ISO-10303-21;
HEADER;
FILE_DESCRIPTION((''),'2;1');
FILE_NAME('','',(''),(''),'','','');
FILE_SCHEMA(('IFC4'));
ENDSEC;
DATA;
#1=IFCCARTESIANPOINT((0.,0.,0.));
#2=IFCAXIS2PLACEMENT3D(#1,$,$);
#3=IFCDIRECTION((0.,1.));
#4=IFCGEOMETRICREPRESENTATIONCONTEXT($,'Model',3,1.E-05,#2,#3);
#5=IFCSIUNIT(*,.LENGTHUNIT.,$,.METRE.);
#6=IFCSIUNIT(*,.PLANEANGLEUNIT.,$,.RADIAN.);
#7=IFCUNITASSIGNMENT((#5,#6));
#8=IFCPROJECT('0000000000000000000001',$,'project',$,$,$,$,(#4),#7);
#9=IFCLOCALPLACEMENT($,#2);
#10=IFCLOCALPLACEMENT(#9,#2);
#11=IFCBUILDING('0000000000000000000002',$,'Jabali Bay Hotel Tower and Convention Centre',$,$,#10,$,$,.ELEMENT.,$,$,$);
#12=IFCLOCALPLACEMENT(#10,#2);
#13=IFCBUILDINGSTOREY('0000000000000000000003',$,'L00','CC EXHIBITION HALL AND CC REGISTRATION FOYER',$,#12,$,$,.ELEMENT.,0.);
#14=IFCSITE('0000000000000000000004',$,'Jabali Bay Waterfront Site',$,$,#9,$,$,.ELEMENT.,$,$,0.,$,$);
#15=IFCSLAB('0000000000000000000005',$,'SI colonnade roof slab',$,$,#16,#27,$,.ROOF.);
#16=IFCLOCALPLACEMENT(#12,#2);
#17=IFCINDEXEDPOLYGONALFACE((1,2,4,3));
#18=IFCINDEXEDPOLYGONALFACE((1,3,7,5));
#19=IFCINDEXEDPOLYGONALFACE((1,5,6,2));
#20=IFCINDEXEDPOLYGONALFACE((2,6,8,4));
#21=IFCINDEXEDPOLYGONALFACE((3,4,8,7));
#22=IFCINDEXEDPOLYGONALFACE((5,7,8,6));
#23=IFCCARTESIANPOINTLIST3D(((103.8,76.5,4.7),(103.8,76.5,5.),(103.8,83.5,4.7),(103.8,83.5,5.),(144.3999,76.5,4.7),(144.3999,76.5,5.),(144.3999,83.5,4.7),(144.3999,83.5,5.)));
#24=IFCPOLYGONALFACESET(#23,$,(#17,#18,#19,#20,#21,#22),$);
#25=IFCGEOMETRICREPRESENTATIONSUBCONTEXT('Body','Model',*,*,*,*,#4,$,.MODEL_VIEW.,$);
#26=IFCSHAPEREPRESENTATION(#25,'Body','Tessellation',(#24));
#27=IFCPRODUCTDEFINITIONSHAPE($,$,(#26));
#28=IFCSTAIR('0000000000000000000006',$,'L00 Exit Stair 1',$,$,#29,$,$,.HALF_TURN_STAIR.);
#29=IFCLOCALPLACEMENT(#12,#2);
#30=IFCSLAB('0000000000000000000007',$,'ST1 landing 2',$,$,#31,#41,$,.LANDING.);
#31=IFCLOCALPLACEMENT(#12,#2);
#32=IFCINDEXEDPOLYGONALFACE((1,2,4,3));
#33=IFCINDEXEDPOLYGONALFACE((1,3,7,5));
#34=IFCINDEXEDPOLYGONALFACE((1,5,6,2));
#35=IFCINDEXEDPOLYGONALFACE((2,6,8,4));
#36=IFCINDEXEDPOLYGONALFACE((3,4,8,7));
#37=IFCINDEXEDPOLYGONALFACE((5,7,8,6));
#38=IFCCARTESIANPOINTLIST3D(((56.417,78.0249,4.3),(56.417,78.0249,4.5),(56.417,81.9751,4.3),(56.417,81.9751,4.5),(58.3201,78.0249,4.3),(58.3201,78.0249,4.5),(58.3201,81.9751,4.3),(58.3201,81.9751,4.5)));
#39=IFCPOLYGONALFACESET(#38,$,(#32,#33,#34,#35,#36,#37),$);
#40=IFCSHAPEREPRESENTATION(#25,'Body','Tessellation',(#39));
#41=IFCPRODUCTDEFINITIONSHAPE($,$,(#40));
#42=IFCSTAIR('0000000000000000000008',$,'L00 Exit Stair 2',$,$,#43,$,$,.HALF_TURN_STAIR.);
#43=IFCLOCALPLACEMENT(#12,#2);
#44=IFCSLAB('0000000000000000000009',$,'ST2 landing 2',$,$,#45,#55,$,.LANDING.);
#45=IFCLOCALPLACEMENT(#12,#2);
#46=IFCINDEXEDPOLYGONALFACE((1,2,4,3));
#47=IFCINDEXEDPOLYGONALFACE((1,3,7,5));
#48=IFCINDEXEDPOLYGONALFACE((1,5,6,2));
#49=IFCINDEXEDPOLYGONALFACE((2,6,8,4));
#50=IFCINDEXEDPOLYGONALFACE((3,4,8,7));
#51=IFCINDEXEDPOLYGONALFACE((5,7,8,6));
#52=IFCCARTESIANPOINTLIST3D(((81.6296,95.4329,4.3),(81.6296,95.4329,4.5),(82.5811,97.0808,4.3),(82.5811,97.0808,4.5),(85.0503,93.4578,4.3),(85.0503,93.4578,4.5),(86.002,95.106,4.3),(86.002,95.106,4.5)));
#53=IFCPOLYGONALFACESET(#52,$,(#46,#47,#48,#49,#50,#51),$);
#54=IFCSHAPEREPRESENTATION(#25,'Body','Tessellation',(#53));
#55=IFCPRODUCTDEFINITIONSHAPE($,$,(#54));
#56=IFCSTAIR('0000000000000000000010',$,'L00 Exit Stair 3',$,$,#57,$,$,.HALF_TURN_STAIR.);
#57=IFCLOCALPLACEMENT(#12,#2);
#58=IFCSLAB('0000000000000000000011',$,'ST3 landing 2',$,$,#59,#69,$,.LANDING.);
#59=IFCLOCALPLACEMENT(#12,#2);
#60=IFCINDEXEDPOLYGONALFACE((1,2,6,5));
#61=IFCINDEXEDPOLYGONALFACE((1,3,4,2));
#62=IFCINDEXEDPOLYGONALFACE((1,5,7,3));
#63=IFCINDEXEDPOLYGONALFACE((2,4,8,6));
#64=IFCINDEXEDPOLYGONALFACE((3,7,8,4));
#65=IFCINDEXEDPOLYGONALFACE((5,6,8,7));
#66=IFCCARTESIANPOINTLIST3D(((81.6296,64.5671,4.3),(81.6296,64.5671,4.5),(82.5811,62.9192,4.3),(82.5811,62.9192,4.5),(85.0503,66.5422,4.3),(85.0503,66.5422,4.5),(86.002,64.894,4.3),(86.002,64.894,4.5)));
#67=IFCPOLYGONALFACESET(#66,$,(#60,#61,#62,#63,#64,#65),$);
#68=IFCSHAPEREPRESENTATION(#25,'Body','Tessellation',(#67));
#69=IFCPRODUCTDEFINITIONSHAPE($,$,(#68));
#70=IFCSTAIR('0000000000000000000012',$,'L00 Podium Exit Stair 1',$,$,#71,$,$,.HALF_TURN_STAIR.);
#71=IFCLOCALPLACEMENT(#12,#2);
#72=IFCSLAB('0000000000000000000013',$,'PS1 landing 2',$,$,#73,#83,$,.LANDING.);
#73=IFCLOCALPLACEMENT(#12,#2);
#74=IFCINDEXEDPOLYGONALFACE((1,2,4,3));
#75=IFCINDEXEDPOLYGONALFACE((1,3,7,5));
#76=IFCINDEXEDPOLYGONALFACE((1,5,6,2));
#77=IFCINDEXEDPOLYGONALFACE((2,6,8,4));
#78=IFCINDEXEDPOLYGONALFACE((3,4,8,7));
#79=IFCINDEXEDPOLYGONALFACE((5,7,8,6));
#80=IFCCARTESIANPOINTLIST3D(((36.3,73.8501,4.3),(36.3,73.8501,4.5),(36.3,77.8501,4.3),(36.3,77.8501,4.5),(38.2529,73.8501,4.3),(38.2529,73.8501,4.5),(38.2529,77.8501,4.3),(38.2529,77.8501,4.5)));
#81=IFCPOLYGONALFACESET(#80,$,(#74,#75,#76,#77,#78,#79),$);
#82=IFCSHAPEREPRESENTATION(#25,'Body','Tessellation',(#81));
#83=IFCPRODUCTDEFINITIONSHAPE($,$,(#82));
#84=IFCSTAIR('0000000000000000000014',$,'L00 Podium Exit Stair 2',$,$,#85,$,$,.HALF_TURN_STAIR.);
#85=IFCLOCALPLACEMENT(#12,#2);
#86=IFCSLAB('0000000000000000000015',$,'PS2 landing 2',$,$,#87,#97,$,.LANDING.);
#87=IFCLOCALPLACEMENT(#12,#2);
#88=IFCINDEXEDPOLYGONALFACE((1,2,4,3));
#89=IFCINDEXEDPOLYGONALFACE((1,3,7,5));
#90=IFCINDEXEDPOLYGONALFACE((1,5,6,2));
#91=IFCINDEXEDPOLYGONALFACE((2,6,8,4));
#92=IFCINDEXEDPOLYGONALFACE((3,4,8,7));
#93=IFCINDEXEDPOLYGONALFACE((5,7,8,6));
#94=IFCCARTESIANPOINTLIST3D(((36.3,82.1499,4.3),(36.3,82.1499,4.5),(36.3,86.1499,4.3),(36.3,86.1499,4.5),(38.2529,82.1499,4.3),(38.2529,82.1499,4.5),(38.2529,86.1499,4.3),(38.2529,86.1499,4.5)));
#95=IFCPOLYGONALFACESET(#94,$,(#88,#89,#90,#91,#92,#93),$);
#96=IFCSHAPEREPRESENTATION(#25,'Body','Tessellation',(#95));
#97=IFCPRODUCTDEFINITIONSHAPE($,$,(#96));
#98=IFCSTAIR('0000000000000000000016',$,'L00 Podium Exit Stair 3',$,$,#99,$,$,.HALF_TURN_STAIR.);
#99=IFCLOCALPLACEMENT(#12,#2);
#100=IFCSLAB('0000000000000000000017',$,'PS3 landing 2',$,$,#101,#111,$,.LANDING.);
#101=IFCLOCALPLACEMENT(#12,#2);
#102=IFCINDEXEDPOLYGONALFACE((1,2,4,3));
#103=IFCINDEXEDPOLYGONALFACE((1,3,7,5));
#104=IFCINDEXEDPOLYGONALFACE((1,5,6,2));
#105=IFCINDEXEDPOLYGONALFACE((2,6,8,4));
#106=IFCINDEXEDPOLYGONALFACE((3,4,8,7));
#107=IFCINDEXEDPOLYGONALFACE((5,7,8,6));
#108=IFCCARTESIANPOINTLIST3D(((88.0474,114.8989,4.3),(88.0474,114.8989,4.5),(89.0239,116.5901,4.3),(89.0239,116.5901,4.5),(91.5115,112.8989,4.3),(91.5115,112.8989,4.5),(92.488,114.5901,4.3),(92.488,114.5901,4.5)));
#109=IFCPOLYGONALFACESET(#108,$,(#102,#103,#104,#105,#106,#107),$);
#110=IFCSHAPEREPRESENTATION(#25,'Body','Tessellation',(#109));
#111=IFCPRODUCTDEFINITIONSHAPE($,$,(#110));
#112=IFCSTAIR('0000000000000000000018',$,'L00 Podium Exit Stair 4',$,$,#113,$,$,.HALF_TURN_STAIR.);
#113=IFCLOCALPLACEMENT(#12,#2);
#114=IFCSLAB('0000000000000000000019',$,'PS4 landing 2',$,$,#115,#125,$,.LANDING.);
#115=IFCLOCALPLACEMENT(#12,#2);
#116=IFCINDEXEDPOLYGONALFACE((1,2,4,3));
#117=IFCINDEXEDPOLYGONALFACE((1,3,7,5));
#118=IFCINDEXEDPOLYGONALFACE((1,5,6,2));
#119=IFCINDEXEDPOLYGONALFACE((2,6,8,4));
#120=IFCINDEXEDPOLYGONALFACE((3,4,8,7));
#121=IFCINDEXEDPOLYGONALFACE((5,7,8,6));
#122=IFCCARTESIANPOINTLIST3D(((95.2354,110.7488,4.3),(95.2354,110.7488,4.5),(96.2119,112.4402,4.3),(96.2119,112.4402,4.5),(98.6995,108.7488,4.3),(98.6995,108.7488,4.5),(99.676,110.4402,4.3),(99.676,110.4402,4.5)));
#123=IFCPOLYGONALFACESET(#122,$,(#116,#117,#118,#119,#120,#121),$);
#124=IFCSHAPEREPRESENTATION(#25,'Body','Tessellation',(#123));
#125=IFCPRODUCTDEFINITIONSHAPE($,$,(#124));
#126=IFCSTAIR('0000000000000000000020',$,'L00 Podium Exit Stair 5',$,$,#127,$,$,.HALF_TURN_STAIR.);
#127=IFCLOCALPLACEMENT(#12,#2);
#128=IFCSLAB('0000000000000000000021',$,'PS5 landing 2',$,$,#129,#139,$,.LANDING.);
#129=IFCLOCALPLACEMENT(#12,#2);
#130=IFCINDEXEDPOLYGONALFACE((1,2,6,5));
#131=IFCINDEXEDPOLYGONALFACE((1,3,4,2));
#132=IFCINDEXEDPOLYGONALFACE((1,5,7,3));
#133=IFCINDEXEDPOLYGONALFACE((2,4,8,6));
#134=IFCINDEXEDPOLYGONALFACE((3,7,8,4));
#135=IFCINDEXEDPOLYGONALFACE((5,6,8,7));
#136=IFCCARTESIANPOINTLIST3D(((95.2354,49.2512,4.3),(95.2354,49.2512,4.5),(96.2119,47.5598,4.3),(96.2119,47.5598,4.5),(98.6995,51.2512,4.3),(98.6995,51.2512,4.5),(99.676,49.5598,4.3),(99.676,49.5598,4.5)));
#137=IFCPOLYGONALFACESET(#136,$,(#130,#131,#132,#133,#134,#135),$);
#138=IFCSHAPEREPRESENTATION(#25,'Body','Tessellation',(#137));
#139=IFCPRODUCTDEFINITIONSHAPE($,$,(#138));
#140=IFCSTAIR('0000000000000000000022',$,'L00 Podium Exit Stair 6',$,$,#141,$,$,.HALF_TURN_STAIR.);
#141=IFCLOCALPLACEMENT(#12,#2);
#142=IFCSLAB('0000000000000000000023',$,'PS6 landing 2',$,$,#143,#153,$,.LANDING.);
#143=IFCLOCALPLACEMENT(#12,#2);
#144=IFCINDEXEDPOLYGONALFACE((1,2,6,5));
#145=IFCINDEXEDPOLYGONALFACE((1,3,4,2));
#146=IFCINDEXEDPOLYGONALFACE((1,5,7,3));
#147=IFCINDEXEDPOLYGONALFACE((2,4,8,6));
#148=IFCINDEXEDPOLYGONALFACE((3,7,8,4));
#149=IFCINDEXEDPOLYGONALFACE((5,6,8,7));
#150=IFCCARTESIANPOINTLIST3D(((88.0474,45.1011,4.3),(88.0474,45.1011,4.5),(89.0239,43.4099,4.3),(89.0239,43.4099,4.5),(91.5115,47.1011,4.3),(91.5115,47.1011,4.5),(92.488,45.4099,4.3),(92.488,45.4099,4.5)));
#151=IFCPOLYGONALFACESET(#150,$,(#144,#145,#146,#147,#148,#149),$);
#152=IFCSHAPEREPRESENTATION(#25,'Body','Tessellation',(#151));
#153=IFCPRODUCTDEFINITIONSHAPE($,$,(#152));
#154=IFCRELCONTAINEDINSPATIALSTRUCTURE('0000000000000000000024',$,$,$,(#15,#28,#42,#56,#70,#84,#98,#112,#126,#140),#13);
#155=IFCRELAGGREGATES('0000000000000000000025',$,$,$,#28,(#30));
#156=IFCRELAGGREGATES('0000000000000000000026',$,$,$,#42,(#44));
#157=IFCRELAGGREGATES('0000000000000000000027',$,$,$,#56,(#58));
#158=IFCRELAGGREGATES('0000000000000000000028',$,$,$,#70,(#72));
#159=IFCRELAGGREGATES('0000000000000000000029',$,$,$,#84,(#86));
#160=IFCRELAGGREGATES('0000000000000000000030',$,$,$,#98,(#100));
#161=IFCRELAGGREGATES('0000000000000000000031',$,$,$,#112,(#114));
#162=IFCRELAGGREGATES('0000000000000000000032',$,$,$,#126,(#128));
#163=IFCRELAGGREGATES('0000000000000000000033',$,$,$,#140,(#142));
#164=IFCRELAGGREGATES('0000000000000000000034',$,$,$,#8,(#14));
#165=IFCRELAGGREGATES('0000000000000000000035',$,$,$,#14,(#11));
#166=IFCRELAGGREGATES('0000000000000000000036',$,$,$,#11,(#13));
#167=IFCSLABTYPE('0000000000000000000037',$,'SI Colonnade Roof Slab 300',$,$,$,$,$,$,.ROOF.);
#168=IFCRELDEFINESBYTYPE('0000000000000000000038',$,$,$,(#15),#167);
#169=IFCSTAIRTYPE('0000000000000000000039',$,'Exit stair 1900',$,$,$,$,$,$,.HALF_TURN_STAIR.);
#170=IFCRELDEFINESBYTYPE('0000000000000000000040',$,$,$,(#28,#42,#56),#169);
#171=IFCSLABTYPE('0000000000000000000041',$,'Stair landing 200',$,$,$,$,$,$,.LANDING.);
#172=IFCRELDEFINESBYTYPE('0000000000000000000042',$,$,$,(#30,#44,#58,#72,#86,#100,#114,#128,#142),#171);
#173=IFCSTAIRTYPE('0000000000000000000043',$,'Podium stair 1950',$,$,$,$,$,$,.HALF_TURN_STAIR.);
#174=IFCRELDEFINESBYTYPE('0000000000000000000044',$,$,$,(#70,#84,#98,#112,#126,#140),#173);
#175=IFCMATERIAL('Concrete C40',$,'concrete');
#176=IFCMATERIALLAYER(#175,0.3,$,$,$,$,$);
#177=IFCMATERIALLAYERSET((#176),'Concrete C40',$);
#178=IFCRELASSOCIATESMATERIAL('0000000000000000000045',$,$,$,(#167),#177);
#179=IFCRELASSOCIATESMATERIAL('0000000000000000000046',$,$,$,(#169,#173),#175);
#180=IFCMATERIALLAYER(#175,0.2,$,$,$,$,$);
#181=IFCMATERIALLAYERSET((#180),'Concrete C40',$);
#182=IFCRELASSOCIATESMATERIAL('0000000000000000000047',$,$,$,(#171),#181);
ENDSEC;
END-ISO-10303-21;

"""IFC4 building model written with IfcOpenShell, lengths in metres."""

from ifc_helpers import new_model, si_unit, direction, frame, origin, place, context, subcontext, project, spatial, polyline, outline, extrude, material, layer, layer_set, type_object, element, aggregate, save


model = new_model("IFC4")

# Units and contexts
model_context = context("Model", 3, precision=1e-05, world=origin(), true_north=direction((0.0, 1.0)))
body_context = subcontext(model_context, "Body", "Model", "MODEL_VIEW")
ifc_project = project(units=[si_unit("LENGTHUNIT", "METRE"), si_unit("PLANEANGLEUNIT", "RADIAN")], contexts=[model_context])

# Site, building, storey
site_placement = place(None, origin())
site = spatial("IfcSite", under=ifc_project, at=site_placement, Name="Jabali Bay Waterfront Site", CompositionType="ELEMENT", RefElevation=0.0)
building_placement = place(site_placement, origin())
building = spatial("IfcBuilding", under=site, at=building_placement, Name="Jabali Bay Hotel Tower and Convention Centre", CompositionType="ELEMENT")
storey_placement = place(building_placement, origin())
storey = spatial("IfcBuildingStorey", under=building, at=storey_placement, Name="L00", Description="CC EXHIBITION HALL AND CC REGISTRATION FOYER", CompositionType="ELEMENT", Elevation=0.0)

# Shared definitions
ifc_material = material(Name="Concrete C40", Category="concrete")

# Slab
ifc_layer_1 = layer(ifc_material, 0.3)
ifc_layer_set_1 = layer_set([ifc_layer_1], Name="Concrete C40")
slab_type_1 = type_object("IfcSlabType", Name="SI Colonnade Roof Slab 300", PredefinedType="ROOF", material=ifc_layer_set_1)
slab_1_placement = place(storey_placement, frame((0.0, 0.0, 4.7)))
element("IfcSlab", 1, at=slab_1_placement, inside=storey, type_object=slab_type_1, Name="SI colonnade roof slab", PredefinedType="ROOF", context=body_context, shape_type="SweptSolid", body=[
    extrude(outline(polyline([(144.3999, 76.5), (144.3999, 83.5), (103.8, 83.5), (103.8, 76.5), (144.3999, 76.5)])), origin(), (0.0, 0.0, 1.0), 0.3),
])

# Stairs, slabs
stair_type_1 = type_object("IfcStairType", Name="Exit stair 1900", PredefinedType="HALF_TURN_STAIR", material=ifc_material)
stair_1_placement = place(storey_placement, origin())
stair_1 = element("IfcStair", 2, at=stair_1_placement, inside=storey, type_object=stair_type_1, Name="L00 Exit Stair 1", PredefinedType="HALF_TURN_STAIR")
ifc_layer_2 = layer(ifc_material, 0.2)
ifc_layer_set_2 = layer_set([ifc_layer_2], Name="Concrete C40")
slab_type_2 = type_object("IfcSlabType", Name="Stair landing 200", PredefinedType="LANDING", material=ifc_layer_set_2)
slab_2_placement = place(storey_placement, frame((0.0, 0.0, 4.3)))
slab_2 = element("IfcSlab", 3, at=slab_2_placement, type_object=slab_type_2, Name="ST1 landing 2", PredefinedType="LANDING", context=body_context, shape_type="SweptSolid", body=[
    extrude(outline(polyline([(58.3201, 81.9751), (56.417, 81.9751), (56.417, 78.0249), (58.3201, 78.0249), (58.3201, 81.9751)])), origin(), (0.0, 0.0, 1.0), 0.2),
])
aggregate(stair_1, [slab_2])
stair_2_placement = place(storey_placement, origin())
stair_2 = element("IfcStair", 4, at=stair_2_placement, inside=storey, type_object=stair_type_1, Name="L00 Exit Stair 2", PredefinedType="HALF_TURN_STAIR")
slab_3_placement = place(storey_placement, frame((0.0, 0.0, 4.3)))
slab_3 = element("IfcSlab", 5, at=slab_3_placement, type_object=slab_type_2, Name="ST2 landing 2", PredefinedType="LANDING", context=body_context, shape_type="SweptSolid", body=[
    extrude(outline(polyline([(85.0503, 93.4578), (86.002, 95.106), (82.5811, 97.0808), (81.6296, 95.4329), (85.0503, 93.4578)])), origin(), (0.0, 0.0, 1.0), 0.2),
])
aggregate(stair_2, [slab_3])
stair_3_placement = place(storey_placement, origin())
stair_3 = element("IfcStair", 6, at=stair_3_placement, inside=storey, type_object=stair_type_1, Name="L00 Exit Stair 3", PredefinedType="HALF_TURN_STAIR")
slab_4_placement = place(storey_placement, frame((0.0, 0.0, 4.3)))
slab_4 = element("IfcSlab", 7, at=slab_4_placement, type_object=slab_type_2, Name="ST3 landing 2", PredefinedType="LANDING", context=body_context, shape_type="SweptSolid", body=[
    extrude(outline(polyline([(81.6296, 64.5671), (82.5811, 62.9192), (86.002, 64.894), (85.0503, 66.5422), (81.6296, 64.5671)])), origin(), (0.0, 0.0, 1.0), 0.2),
])
aggregate(stair_3, [slab_4])
stair_type_2 = type_object("IfcStairType", Name="Podium stair 1950", PredefinedType="HALF_TURN_STAIR", material=ifc_material)
stair_4_placement = place(storey_placement, origin())
stair_4 = element("IfcStair", 8, at=stair_4_placement, inside=storey, type_object=stair_type_2, Name="L00 Podium Exit Stair 1", PredefinedType="HALF_TURN_STAIR")
slab_5_placement = place(storey_placement, frame((0.0, 0.0, 4.3)))
slab_5 = element("IfcSlab", 9, at=slab_5_placement, type_object=slab_type_2, Name="PS1 landing 2", PredefinedType="LANDING", context=body_context, shape_type="SweptSolid", body=[
    extrude(outline(polyline([(36.3, 73.8501), (38.2529, 73.8501), (38.2529, 77.8501), (36.3, 77.8501), (36.3, 73.8501)])), origin(), (0.0, 0.0, 1.0), 0.2),
])
aggregate(stair_4, [slab_5])
stair_5_placement = place(storey_placement, origin())
stair_5 = element("IfcStair", 10, at=stair_5_placement, inside=storey, type_object=stair_type_2, Name="L00 Podium Exit Stair 2", PredefinedType="HALF_TURN_STAIR")
slab_6_placement = place(storey_placement, frame((0.0, 0.0, 4.3)))
slab_6 = element("IfcSlab", 11, at=slab_6_placement, type_object=slab_type_2, Name="PS2 landing 2", PredefinedType="LANDING", context=body_context, shape_type="SweptSolid", body=[
    extrude(outline(polyline([(36.3, 82.1499), (38.2529, 82.1499), (38.2529, 86.1499), (36.3, 86.1499), (36.3, 82.1499)])), origin(), (0.0, 0.0, 1.0), 0.2),
])
aggregate(stair_5, [slab_6])
stair_6_placement = place(storey_placement, origin())
stair_6 = element("IfcStair", 12, at=stair_6_placement, inside=storey, type_object=stair_type_2, Name="L00 Podium Exit Stair 3", PredefinedType="HALF_TURN_STAIR")
slab_7_placement = place(storey_placement, frame((0.0, 0.0, 4.3)))
slab_7 = element("IfcSlab", 13, at=slab_7_placement, type_object=slab_type_2, Name="PS3 landing 2", PredefinedType="LANDING", context=body_context, shape_type="SweptSolid", body=[
    extrude(outline(polyline([(89.0239, 116.5901), (88.0474, 114.8989), (91.5115, 112.8989), (92.488, 114.5901), (89.0239, 116.5901)])), origin(), (0.0, 0.0, 1.0), 0.2),
])
aggregate(stair_6, [slab_7])
stair_7_placement = place(storey_placement, origin())
stair_7 = element("IfcStair", 14, at=stair_7_placement, inside=storey, type_object=stair_type_2, Name="L00 Podium Exit Stair 4", PredefinedType="HALF_TURN_STAIR")
slab_8_placement = place(storey_placement, frame((0.0, 0.0, 4.3)))
slab_8 = element("IfcSlab", 15, at=slab_8_placement, type_object=slab_type_2, Name="PS4 landing 2", PredefinedType="LANDING", context=body_context, shape_type="SweptSolid", body=[
    extrude(outline(polyline([(96.2119, 112.4402), (95.2354, 110.7488), (98.6995, 108.7488), (99.676, 110.4402), (96.2119, 112.4402)])), origin(), (0.0, 0.0, 1.0), 0.2),
])
aggregate(stair_7, [slab_8])
stair_8_placement = place(storey_placement, origin())
stair_8 = element("IfcStair", 16, at=stair_8_placement, inside=storey, type_object=stair_type_2, Name="L00 Podium Exit Stair 5", PredefinedType="HALF_TURN_STAIR")
slab_9_placement = place(storey_placement, frame((0.0, 0.0, 4.3)))
slab_9 = element("IfcSlab", 17, at=slab_9_placement, type_object=slab_type_2, Name="PS5 landing 2", PredefinedType="LANDING", context=body_context, shape_type="SweptSolid", body=[
    extrude(outline(polyline([(99.676, 49.5598), (98.6995, 51.2512), (95.2354, 49.2512), (96.2119, 47.5598), (99.676, 49.5598)])), origin(), (0.0, 0.0, 1.0), 0.2),
])
aggregate(stair_8, [slab_9])
stair_9_placement = place(storey_placement, origin())
stair_9 = element("IfcStair", 18, at=stair_9_placement, inside=storey, type_object=stair_type_2, Name="L00 Podium Exit Stair 6", PredefinedType="HALF_TURN_STAIR")
slab_10_placement = place(storey_placement, frame((0.0, 0.0, 4.3)))
slab_10 = element("IfcSlab", 19, at=slab_10_placement, type_object=slab_type_2, Name="PS6 landing 2", PredefinedType="LANDING", context=body_context, shape_type="SweptSolid", body=[
    extrude(outline(polyline([(92.488, 45.4099), (91.5115, 47.1011), (88.0474, 45.1011), (89.0239, 43.4099), (92.488, 45.4099)])), origin(), (0.0, 0.0, 1.0), 0.2),
])
aggregate(stair_9, [slab_10])

save(model, "model.ifc")
